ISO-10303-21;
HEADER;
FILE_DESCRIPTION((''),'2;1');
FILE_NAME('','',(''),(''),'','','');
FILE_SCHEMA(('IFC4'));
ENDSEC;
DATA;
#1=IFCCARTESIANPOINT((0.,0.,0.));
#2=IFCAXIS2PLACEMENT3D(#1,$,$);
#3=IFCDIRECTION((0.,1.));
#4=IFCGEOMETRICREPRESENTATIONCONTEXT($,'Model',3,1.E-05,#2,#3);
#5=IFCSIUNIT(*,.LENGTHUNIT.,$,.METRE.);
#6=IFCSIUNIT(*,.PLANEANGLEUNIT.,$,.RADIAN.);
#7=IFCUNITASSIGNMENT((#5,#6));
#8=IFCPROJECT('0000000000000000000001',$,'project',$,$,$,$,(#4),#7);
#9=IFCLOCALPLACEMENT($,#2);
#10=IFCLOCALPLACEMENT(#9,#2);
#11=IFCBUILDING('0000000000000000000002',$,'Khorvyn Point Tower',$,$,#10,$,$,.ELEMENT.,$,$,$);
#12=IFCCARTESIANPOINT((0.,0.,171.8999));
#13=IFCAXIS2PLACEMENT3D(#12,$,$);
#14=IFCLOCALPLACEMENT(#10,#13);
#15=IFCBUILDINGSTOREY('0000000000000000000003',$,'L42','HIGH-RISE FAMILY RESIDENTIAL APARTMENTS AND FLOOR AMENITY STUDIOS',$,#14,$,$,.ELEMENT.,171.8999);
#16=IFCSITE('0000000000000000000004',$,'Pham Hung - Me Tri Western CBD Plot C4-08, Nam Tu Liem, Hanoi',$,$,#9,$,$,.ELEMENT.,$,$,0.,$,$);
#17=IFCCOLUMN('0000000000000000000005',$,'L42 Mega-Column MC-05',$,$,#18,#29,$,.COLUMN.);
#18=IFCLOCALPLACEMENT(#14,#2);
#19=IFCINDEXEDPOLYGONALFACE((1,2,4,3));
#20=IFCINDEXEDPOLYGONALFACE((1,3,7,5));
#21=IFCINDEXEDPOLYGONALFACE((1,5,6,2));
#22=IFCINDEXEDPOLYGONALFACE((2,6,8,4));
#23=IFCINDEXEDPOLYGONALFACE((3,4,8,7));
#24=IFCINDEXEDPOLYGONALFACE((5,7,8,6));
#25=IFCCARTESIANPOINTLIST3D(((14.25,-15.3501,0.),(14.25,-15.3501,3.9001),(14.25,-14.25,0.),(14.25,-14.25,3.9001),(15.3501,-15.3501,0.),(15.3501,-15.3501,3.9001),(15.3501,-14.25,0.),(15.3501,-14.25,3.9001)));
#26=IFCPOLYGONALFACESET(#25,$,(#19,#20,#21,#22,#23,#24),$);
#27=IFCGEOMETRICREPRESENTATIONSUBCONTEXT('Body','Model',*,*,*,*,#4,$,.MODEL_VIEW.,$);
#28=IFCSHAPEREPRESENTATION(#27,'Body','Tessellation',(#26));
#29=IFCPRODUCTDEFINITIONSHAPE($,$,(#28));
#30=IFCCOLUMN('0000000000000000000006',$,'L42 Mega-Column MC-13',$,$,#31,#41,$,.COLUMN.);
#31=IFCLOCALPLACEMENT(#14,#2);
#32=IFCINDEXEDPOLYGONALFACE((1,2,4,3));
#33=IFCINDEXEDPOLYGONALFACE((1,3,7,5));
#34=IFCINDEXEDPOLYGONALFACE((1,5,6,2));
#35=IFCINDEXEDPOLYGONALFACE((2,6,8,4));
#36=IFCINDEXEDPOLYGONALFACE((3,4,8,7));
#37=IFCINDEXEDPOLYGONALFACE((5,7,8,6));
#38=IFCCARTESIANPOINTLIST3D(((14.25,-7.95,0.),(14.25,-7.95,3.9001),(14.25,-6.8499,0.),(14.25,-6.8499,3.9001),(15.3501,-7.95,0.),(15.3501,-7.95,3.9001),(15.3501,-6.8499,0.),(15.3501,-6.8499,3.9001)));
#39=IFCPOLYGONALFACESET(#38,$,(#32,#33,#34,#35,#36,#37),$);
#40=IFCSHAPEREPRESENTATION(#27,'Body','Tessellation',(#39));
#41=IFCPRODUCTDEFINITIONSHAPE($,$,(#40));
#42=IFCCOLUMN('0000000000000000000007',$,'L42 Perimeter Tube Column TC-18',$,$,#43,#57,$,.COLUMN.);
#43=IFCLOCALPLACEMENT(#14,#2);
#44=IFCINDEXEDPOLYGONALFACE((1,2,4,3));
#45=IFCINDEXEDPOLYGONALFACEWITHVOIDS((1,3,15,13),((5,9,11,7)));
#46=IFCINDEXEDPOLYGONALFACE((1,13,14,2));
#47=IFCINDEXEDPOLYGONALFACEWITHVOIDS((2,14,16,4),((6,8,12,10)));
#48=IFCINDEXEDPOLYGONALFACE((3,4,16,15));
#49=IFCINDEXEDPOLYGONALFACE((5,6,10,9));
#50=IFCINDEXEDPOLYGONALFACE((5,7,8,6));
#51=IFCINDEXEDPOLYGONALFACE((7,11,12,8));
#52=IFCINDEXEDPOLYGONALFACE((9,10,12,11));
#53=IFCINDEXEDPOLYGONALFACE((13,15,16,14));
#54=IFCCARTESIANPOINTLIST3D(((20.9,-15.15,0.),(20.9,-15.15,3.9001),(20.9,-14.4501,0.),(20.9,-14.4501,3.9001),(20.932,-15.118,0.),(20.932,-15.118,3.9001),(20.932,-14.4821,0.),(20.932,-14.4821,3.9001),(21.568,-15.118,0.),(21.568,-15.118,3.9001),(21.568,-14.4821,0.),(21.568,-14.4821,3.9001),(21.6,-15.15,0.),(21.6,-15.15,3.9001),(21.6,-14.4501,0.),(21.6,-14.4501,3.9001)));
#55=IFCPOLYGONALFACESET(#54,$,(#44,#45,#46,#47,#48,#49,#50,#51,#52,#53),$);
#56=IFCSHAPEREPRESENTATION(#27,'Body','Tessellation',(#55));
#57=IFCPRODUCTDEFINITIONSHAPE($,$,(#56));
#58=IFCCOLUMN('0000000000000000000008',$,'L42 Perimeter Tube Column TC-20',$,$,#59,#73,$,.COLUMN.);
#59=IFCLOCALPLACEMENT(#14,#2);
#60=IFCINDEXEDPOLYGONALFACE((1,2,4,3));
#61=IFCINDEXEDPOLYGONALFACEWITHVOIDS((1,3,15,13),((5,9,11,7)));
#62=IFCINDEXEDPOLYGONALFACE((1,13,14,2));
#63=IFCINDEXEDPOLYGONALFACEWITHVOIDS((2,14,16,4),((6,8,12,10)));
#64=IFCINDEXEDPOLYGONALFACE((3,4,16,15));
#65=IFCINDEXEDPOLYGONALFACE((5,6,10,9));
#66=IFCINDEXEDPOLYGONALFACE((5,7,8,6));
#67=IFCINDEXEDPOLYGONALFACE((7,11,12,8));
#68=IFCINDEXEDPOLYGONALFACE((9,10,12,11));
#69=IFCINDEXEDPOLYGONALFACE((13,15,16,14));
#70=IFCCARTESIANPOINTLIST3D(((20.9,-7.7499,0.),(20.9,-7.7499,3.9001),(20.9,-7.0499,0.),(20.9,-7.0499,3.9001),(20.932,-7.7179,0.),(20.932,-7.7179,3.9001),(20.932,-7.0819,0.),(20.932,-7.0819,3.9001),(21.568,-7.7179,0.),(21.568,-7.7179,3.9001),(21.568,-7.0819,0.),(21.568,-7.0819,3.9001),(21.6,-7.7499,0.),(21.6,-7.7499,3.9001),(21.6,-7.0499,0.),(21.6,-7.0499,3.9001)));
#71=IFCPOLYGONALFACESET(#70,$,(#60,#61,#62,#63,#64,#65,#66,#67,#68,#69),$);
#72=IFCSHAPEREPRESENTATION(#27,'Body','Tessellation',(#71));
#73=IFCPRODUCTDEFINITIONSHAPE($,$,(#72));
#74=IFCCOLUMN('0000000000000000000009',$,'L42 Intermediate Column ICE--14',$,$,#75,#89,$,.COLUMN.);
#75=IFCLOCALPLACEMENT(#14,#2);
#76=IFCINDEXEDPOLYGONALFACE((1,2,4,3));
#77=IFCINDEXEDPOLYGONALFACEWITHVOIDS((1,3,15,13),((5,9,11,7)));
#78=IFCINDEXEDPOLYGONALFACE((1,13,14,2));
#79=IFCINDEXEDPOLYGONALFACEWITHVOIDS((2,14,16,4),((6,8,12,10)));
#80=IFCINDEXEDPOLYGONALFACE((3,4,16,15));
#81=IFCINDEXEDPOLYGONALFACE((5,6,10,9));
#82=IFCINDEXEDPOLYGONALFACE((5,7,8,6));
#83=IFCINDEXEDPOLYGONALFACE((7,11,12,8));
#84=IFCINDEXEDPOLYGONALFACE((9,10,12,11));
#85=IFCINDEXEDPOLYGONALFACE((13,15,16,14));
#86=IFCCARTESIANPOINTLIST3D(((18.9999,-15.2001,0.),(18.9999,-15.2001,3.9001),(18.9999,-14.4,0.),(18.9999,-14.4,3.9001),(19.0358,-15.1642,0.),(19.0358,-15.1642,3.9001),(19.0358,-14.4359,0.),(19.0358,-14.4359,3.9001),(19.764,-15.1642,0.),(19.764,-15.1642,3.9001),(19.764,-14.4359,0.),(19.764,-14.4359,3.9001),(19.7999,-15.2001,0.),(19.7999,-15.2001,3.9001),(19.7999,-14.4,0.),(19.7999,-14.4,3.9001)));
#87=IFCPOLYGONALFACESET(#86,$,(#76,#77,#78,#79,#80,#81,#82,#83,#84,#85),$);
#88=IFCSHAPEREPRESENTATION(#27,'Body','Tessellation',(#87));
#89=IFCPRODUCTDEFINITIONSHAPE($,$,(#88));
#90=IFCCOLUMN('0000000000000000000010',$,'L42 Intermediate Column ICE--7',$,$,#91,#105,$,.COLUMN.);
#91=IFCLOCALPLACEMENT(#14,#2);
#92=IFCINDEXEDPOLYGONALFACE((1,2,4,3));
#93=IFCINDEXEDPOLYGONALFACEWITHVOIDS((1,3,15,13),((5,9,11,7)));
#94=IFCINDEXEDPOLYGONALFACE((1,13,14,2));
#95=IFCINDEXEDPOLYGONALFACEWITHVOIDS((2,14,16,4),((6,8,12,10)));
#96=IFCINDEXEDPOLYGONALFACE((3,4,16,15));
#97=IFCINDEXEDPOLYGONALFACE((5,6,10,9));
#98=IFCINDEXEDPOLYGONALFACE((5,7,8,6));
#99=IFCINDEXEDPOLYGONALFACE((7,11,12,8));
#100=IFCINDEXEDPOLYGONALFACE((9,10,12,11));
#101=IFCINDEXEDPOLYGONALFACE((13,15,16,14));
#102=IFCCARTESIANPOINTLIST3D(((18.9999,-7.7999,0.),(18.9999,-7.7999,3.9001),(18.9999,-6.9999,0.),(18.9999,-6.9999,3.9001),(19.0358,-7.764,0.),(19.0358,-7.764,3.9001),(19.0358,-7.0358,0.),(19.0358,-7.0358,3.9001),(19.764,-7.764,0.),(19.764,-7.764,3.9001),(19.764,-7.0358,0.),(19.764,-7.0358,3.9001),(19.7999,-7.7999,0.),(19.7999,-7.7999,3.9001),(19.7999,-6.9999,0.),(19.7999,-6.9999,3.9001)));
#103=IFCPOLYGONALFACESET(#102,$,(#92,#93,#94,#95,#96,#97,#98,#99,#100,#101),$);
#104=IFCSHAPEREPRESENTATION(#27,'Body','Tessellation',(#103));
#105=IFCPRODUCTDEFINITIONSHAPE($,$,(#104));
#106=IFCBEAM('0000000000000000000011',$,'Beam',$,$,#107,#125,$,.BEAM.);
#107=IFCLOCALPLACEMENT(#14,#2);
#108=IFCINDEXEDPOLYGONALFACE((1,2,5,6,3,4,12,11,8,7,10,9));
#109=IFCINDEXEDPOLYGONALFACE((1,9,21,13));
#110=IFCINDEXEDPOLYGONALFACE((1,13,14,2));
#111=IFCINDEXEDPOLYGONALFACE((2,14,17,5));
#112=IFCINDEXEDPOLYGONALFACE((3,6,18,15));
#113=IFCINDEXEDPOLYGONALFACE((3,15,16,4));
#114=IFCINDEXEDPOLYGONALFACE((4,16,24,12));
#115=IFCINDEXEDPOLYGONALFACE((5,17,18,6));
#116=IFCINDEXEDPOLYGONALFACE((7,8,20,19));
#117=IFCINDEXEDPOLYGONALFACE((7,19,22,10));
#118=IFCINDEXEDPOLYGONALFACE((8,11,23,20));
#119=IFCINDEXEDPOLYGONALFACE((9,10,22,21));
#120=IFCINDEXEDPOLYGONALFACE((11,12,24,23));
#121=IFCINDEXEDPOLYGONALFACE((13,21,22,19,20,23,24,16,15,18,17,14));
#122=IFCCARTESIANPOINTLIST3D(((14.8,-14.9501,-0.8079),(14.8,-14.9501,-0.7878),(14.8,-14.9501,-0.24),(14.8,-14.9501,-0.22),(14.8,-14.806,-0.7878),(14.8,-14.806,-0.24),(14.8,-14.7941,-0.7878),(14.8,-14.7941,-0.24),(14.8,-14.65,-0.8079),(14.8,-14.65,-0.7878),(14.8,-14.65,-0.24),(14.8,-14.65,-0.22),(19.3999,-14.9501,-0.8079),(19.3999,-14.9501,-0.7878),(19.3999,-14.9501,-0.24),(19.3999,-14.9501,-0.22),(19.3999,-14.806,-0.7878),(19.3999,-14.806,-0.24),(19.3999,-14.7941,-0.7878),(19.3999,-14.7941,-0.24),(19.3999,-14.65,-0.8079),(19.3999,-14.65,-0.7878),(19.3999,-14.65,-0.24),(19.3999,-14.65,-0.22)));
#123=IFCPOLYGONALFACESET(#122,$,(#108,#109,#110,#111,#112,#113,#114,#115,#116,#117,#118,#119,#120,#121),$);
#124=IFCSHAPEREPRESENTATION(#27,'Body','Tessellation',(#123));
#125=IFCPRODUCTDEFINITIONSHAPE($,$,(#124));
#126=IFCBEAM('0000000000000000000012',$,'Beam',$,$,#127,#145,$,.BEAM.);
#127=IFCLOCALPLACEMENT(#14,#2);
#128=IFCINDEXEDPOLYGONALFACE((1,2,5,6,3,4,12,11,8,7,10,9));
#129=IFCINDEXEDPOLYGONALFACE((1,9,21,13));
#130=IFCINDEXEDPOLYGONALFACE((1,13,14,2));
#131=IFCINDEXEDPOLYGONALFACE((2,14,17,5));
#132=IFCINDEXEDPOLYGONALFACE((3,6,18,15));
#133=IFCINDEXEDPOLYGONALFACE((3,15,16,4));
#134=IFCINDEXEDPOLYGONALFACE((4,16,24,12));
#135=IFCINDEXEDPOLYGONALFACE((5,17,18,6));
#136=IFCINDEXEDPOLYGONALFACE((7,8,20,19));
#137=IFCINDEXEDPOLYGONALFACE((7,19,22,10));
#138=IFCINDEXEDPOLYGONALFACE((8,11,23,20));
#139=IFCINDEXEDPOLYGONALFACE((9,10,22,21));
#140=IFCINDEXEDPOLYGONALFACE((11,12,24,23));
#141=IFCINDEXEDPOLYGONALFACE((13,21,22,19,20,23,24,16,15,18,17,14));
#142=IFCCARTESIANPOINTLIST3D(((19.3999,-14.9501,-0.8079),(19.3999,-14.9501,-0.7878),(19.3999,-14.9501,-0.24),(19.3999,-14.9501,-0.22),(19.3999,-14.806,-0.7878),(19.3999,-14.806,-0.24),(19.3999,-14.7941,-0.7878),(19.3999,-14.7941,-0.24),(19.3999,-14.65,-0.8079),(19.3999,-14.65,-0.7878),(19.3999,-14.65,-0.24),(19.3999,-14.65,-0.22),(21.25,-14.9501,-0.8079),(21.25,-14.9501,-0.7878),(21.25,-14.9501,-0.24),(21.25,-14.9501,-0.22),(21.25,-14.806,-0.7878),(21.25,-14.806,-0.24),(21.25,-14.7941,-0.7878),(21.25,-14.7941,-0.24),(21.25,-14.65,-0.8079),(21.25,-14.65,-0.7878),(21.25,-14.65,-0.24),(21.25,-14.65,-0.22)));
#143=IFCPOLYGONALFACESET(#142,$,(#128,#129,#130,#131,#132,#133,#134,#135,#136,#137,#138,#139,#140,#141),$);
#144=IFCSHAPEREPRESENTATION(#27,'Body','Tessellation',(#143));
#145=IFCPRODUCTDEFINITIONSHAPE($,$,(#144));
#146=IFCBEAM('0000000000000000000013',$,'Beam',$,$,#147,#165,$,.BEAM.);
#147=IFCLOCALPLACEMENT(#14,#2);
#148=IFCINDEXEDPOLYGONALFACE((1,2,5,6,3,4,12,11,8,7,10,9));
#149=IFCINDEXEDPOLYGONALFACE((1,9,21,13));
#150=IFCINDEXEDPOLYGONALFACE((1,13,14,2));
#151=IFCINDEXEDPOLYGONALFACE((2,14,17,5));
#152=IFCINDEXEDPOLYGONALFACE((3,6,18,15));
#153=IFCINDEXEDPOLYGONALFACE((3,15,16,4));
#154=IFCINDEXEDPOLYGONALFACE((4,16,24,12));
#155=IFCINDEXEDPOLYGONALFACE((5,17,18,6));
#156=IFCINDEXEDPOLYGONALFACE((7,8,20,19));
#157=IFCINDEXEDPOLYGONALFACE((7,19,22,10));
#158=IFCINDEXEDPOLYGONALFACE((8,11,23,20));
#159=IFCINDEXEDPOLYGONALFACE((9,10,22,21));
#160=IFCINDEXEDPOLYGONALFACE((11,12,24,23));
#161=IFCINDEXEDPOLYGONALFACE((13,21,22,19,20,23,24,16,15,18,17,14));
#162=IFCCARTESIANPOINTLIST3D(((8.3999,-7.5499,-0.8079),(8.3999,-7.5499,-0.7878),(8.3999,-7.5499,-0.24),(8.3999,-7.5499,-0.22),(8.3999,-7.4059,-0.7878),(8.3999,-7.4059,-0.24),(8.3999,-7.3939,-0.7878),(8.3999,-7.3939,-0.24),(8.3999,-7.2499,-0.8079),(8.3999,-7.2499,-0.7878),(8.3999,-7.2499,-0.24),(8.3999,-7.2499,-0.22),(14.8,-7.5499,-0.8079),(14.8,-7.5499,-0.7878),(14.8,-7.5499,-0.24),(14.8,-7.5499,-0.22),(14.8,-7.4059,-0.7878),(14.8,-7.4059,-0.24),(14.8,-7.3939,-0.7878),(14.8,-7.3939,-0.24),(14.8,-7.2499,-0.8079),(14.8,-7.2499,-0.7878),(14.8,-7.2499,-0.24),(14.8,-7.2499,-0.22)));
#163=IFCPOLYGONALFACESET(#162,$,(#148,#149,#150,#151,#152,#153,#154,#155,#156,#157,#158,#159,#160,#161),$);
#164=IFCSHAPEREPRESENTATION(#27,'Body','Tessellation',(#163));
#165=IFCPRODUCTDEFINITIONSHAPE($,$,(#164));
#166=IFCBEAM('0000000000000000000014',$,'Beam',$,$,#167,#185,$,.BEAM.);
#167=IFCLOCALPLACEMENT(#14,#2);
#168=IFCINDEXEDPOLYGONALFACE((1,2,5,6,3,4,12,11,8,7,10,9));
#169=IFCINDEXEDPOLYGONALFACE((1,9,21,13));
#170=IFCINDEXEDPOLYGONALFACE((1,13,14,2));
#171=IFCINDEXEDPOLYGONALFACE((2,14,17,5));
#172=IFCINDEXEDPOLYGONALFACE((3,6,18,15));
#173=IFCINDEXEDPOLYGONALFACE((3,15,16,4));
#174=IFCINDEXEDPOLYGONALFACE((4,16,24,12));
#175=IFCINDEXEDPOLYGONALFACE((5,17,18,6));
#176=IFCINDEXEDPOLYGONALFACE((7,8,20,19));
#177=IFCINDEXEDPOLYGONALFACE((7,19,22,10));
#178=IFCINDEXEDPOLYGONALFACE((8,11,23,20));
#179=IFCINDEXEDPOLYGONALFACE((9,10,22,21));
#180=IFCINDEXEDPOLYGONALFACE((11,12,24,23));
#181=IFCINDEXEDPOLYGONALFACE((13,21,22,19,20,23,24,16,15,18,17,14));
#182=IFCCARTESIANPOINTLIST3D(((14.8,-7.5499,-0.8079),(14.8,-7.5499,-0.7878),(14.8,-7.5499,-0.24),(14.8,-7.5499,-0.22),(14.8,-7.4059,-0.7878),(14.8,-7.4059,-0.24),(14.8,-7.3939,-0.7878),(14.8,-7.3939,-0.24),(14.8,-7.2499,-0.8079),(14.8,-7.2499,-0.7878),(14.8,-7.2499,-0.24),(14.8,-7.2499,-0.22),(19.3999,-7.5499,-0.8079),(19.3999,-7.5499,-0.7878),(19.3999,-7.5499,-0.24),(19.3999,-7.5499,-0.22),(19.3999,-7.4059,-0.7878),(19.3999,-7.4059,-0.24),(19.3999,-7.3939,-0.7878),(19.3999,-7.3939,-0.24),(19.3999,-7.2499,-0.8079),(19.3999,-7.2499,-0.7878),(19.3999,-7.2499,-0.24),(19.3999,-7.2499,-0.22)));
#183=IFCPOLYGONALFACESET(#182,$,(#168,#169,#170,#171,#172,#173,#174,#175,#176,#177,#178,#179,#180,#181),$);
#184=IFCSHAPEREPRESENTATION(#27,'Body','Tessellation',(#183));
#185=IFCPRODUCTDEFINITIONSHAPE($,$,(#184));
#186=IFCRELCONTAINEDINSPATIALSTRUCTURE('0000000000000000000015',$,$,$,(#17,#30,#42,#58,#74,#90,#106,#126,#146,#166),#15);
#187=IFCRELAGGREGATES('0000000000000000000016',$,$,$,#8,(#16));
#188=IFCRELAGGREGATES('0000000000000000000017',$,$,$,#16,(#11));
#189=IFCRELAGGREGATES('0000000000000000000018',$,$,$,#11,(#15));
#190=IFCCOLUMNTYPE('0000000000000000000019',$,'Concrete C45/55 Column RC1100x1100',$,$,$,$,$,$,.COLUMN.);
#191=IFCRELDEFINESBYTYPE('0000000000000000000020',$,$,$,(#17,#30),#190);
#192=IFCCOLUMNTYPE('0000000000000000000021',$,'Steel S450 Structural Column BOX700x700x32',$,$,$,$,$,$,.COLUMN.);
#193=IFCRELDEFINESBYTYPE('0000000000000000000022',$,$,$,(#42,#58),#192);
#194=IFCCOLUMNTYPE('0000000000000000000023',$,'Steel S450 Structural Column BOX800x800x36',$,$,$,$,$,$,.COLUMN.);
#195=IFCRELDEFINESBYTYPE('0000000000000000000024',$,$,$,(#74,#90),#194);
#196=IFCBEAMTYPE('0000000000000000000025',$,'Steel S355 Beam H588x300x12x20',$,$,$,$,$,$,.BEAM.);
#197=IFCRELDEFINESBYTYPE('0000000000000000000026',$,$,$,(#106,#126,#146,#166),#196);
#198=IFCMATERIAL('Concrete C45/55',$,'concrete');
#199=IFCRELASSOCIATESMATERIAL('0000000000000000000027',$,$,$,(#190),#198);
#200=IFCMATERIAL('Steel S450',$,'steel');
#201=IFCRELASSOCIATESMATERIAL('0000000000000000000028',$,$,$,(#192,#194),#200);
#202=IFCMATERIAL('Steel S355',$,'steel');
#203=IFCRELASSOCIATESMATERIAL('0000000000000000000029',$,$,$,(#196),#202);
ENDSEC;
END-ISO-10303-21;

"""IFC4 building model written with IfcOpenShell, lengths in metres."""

from ifc_helpers import new_model, si_unit, direction, frame, origin, origin_2d, place, context, subcontext, project, spatial, rectangle, hollow_rectangle, i_section, extrude, material, material_profile, profile_set, type_object, element, save


model = new_model("IFC4")

# Units and contexts
model_context = context("Model", 3, precision=1e-05, world=origin(), true_north=direction((0.0, 1.0)))
body_context = subcontext(model_context, "Body", "Model", "MODEL_VIEW")
ifc_project = project(units=[si_unit("LENGTHUNIT", "METRE"), si_unit("PLANEANGLEUNIT", "RADIAN")], contexts=[model_context])

# Site, building, storey
site_placement = place(None, origin())
site = spatial("IfcSite", under=ifc_project, at=site_placement, Name="Pham Hung - Me Tri Western CBD Plot C4-08, Nam Tu Liem, Hanoi", CompositionType="ELEMENT", RefElevation=0.0)
building_placement = place(site_placement, origin())
building = spatial("IfcBuilding", under=site, at=building_placement, Name="Khorvyn Point Tower", CompositionType="ELEMENT")
storey_placement = place(building_placement, frame((0.0, 0.0, 171.8999)))
storey = spatial("IfcBuildingStorey", under=building, at=storey_placement, Name="L42", Description="HIGH-RISE FAMILY RESIDENTIAL APARTMENTS AND FLOOR AMENITY STUDIOS", CompositionType="ELEMENT", Elevation=171.8999)

# Columns
ifc_material_1 = material(Name="Concrete C45/55", Category="concrete")
ifc_material_profile_1 = material_profile(ifc_material_1, rectangle(XDim=1.1001, YDim=1.1001, at=origin_2d()))
ifc_profile_set_1 = profile_set([ifc_material_profile_1], Name="Concrete C45/55 RC1100x1100")
column_type_1 = type_object("IfcColumnType", Name="Concrete C45/55 Column RC1100x1100", PredefinedType="COLUMN", material=ifc_profile_set_1)
for number, where, z_axis, x_axis, name in (
    (1, (14.8, -14.8, 0.0), (0.0, 0.0, 1.0), (1.0, 0.0, 0.0), "L42 Mega-Column MC-05"),
    (2, (14.8, -7.3999, 0.0), (0.0, 0.0, 1.0), (1.0, 0.0, 0.0), "L42 Mega-Column MC-13"),
):
    element("IfcColumn", number, at=place(storey_placement, frame(where, z_axis=z_axis, x_axis=x_axis)), inside=storey, type_object=column_type_1, Name=name, PredefinedType="COLUMN", context=body_context, shape_type="SweptSolid", body=[
        extrude(rectangle(XDim=1.1001, YDim=1.1001, at=origin_2d()), origin(), (0.0, 0.0, 1.0), 3.9001),
    ])
ifc_material_2 = material(Name="Steel S450", Category="steel")
ifc_material_profile_2 = material_profile(ifc_material_2, hollow_rectangle(XDim=0.7, YDim=0.7, WallThickness=0.032, at=origin_2d()))
ifc_profile_set_2 = profile_set([ifc_material_profile_2], Name="Steel S450 BOX700x700x32")
column_type_2 = type_object("IfcColumnType", Name="Steel S450 Structural Column BOX700x700x32", PredefinedType="COLUMN", material=ifc_profile_set_2)
for number, where, z_axis, x_axis, name in (
    (3, (21.25, -14.8, 0.0), (0.0, 0.0, 1.0), (1.0, 0.0, 0.0), "L42 Perimeter Tube Column TC-18"),
    (4, (21.25, -7.3999, 0.0), (0.0, 0.0, 1.0), (1.0, 0.0, 0.0), "L42 Perimeter Tube Column TC-20"),
):
    element("IfcColumn", number, at=place(storey_placement, frame(where, z_axis=z_axis, x_axis=x_axis)), inside=storey, type_object=column_type_2, Name=name, PredefinedType="COLUMN", context=body_context, shape_type="SweptSolid", body=[
        extrude(hollow_rectangle(XDim=0.7, YDim=0.7, WallThickness=0.032, at=origin_2d()), origin(), (0.0, 0.0, 1.0), 3.9001),
    ])
ifc_material_profile_3 = material_profile(ifc_material_2, hollow_rectangle(XDim=0.8, YDim=0.8, WallThickness=0.0359, at=origin_2d()))
ifc_profile_set_3 = profile_set([ifc_material_profile_3], Name="Steel S450 BOX800x800x36")
column_type_3 = type_object("IfcColumnType", Name="Steel S450 Structural Column BOX800x800x36", PredefinedType="COLUMN", material=ifc_profile_set_3)
for number, where, z_axis, x_axis, name in (
    (5, (19.3999, -14.8, 0.0), (0.0, 0.0, 1.0), (1.0, 0.0, 0.0), "L42 Intermediate Column ICE--14"),
    (6, (19.3999, -7.3999, 0.0), (0.0, 0.0, 1.0), (1.0, 0.0, 0.0), "L42 Intermediate Column ICE--7"),
):
    element("IfcColumn", number, at=place(storey_placement, frame(where, z_axis=z_axis, x_axis=x_axis)), inside=storey, type_object=column_type_3, Name=name, PredefinedType="COLUMN", context=body_context, shape_type="SweptSolid", body=[
        extrude(hollow_rectangle(XDim=0.8, YDim=0.8, WallThickness=0.0359, at=origin_2d()), origin(), (0.0, 0.0, 1.0), 3.9001),
    ])

# Beams
ifc_material_3 = material(Name="Steel S355", Category="steel")
ifc_material_profile_4 = material_profile(ifc_material_3, i_section(OverallWidth=0.3, OverallDepth=0.5879, WebThickness=0.012, FlangeThickness=0.02, at=origin_2d()))
ifc_profile_set_4 = profile_set([ifc_material_profile_4], Name="Steel S355 H588x300x12x20")
beam_type_1 = type_object("IfcBeamType", Name="Steel S355 Beam H588x300x12x20", PredefinedType="BEAM", material=ifc_profile_set_4)
beam_1_placement = place(storey_placement, frame((14.8, -14.8, -0.5139), z_axis=(1.0, 0.0, 0.0), x_axis=(0.0, 1.0, 0.0)))
element("IfcBeam", 7, at=beam_1_placement, inside=storey, type_object=beam_type_1, Name="Beam", PredefinedType="BEAM", context=body_context, shape_type="SweptSolid", body=[
    extrude(i_section(OverallWidth=0.3, OverallDepth=0.5879, WebThickness=0.012, FlangeThickness=0.02, at=origin_2d()), origin(), (0.0, 0.0, 1.0), 4.5999),
])
beam_2_placement = place(storey_placement, frame((19.3999, -14.8, -0.5139), z_axis=(1.0, 0.0, 0.0), x_axis=(0.0, 1.0, 0.0)))
element("IfcBeam", 8, at=beam_2_placement, inside=storey, type_object=beam_type_1, Name="Beam", PredefinedType="BEAM", context=body_context, shape_type="SweptSolid", body=[
    extrude(i_section(OverallWidth=0.3, OverallDepth=0.5879, WebThickness=0.012, FlangeThickness=0.02, at=origin_2d()), origin(), (0.0, 0.0, 1.0), 1.8501),
])
beam_3_placement = place(storey_placement, frame((8.3999, -7.3999, -0.5139), z_axis=(1.0, 0.0, 0.0), x_axis=(0.0, 1.0, 0.0)))
element("IfcBeam", 9, at=beam_3_placement, inside=storey, type_object=beam_type_1, Name="Beam", PredefinedType="BEAM", context=body_context, shape_type="SweptSolid", body=[
    extrude(i_section(OverallWidth=0.3, OverallDepth=0.5879, WebThickness=0.012, FlangeThickness=0.02, at=origin_2d()), origin(), (0.0, 0.0, 1.0), 6.4001),
])
beam_4_placement = place(storey_placement, frame((14.8, -7.3999, -0.5139), z_axis=(1.0, 0.0, 0.0), x_axis=(0.0, 1.0, 0.0)))
element("IfcBeam", 10, at=beam_4_placement, inside=storey, type_object=beam_type_1, Name="Beam", PredefinedType="BEAM", context=body_context, shape_type="SweptSolid", body=[
    extrude(i_section(OverallWidth=0.3, OverallDepth=0.5879, WebThickness=0.012, FlangeThickness=0.02, at=origin_2d()), origin(), (0.0, 0.0, 1.0), 4.5999),
])

save(model, "model.ifc")
